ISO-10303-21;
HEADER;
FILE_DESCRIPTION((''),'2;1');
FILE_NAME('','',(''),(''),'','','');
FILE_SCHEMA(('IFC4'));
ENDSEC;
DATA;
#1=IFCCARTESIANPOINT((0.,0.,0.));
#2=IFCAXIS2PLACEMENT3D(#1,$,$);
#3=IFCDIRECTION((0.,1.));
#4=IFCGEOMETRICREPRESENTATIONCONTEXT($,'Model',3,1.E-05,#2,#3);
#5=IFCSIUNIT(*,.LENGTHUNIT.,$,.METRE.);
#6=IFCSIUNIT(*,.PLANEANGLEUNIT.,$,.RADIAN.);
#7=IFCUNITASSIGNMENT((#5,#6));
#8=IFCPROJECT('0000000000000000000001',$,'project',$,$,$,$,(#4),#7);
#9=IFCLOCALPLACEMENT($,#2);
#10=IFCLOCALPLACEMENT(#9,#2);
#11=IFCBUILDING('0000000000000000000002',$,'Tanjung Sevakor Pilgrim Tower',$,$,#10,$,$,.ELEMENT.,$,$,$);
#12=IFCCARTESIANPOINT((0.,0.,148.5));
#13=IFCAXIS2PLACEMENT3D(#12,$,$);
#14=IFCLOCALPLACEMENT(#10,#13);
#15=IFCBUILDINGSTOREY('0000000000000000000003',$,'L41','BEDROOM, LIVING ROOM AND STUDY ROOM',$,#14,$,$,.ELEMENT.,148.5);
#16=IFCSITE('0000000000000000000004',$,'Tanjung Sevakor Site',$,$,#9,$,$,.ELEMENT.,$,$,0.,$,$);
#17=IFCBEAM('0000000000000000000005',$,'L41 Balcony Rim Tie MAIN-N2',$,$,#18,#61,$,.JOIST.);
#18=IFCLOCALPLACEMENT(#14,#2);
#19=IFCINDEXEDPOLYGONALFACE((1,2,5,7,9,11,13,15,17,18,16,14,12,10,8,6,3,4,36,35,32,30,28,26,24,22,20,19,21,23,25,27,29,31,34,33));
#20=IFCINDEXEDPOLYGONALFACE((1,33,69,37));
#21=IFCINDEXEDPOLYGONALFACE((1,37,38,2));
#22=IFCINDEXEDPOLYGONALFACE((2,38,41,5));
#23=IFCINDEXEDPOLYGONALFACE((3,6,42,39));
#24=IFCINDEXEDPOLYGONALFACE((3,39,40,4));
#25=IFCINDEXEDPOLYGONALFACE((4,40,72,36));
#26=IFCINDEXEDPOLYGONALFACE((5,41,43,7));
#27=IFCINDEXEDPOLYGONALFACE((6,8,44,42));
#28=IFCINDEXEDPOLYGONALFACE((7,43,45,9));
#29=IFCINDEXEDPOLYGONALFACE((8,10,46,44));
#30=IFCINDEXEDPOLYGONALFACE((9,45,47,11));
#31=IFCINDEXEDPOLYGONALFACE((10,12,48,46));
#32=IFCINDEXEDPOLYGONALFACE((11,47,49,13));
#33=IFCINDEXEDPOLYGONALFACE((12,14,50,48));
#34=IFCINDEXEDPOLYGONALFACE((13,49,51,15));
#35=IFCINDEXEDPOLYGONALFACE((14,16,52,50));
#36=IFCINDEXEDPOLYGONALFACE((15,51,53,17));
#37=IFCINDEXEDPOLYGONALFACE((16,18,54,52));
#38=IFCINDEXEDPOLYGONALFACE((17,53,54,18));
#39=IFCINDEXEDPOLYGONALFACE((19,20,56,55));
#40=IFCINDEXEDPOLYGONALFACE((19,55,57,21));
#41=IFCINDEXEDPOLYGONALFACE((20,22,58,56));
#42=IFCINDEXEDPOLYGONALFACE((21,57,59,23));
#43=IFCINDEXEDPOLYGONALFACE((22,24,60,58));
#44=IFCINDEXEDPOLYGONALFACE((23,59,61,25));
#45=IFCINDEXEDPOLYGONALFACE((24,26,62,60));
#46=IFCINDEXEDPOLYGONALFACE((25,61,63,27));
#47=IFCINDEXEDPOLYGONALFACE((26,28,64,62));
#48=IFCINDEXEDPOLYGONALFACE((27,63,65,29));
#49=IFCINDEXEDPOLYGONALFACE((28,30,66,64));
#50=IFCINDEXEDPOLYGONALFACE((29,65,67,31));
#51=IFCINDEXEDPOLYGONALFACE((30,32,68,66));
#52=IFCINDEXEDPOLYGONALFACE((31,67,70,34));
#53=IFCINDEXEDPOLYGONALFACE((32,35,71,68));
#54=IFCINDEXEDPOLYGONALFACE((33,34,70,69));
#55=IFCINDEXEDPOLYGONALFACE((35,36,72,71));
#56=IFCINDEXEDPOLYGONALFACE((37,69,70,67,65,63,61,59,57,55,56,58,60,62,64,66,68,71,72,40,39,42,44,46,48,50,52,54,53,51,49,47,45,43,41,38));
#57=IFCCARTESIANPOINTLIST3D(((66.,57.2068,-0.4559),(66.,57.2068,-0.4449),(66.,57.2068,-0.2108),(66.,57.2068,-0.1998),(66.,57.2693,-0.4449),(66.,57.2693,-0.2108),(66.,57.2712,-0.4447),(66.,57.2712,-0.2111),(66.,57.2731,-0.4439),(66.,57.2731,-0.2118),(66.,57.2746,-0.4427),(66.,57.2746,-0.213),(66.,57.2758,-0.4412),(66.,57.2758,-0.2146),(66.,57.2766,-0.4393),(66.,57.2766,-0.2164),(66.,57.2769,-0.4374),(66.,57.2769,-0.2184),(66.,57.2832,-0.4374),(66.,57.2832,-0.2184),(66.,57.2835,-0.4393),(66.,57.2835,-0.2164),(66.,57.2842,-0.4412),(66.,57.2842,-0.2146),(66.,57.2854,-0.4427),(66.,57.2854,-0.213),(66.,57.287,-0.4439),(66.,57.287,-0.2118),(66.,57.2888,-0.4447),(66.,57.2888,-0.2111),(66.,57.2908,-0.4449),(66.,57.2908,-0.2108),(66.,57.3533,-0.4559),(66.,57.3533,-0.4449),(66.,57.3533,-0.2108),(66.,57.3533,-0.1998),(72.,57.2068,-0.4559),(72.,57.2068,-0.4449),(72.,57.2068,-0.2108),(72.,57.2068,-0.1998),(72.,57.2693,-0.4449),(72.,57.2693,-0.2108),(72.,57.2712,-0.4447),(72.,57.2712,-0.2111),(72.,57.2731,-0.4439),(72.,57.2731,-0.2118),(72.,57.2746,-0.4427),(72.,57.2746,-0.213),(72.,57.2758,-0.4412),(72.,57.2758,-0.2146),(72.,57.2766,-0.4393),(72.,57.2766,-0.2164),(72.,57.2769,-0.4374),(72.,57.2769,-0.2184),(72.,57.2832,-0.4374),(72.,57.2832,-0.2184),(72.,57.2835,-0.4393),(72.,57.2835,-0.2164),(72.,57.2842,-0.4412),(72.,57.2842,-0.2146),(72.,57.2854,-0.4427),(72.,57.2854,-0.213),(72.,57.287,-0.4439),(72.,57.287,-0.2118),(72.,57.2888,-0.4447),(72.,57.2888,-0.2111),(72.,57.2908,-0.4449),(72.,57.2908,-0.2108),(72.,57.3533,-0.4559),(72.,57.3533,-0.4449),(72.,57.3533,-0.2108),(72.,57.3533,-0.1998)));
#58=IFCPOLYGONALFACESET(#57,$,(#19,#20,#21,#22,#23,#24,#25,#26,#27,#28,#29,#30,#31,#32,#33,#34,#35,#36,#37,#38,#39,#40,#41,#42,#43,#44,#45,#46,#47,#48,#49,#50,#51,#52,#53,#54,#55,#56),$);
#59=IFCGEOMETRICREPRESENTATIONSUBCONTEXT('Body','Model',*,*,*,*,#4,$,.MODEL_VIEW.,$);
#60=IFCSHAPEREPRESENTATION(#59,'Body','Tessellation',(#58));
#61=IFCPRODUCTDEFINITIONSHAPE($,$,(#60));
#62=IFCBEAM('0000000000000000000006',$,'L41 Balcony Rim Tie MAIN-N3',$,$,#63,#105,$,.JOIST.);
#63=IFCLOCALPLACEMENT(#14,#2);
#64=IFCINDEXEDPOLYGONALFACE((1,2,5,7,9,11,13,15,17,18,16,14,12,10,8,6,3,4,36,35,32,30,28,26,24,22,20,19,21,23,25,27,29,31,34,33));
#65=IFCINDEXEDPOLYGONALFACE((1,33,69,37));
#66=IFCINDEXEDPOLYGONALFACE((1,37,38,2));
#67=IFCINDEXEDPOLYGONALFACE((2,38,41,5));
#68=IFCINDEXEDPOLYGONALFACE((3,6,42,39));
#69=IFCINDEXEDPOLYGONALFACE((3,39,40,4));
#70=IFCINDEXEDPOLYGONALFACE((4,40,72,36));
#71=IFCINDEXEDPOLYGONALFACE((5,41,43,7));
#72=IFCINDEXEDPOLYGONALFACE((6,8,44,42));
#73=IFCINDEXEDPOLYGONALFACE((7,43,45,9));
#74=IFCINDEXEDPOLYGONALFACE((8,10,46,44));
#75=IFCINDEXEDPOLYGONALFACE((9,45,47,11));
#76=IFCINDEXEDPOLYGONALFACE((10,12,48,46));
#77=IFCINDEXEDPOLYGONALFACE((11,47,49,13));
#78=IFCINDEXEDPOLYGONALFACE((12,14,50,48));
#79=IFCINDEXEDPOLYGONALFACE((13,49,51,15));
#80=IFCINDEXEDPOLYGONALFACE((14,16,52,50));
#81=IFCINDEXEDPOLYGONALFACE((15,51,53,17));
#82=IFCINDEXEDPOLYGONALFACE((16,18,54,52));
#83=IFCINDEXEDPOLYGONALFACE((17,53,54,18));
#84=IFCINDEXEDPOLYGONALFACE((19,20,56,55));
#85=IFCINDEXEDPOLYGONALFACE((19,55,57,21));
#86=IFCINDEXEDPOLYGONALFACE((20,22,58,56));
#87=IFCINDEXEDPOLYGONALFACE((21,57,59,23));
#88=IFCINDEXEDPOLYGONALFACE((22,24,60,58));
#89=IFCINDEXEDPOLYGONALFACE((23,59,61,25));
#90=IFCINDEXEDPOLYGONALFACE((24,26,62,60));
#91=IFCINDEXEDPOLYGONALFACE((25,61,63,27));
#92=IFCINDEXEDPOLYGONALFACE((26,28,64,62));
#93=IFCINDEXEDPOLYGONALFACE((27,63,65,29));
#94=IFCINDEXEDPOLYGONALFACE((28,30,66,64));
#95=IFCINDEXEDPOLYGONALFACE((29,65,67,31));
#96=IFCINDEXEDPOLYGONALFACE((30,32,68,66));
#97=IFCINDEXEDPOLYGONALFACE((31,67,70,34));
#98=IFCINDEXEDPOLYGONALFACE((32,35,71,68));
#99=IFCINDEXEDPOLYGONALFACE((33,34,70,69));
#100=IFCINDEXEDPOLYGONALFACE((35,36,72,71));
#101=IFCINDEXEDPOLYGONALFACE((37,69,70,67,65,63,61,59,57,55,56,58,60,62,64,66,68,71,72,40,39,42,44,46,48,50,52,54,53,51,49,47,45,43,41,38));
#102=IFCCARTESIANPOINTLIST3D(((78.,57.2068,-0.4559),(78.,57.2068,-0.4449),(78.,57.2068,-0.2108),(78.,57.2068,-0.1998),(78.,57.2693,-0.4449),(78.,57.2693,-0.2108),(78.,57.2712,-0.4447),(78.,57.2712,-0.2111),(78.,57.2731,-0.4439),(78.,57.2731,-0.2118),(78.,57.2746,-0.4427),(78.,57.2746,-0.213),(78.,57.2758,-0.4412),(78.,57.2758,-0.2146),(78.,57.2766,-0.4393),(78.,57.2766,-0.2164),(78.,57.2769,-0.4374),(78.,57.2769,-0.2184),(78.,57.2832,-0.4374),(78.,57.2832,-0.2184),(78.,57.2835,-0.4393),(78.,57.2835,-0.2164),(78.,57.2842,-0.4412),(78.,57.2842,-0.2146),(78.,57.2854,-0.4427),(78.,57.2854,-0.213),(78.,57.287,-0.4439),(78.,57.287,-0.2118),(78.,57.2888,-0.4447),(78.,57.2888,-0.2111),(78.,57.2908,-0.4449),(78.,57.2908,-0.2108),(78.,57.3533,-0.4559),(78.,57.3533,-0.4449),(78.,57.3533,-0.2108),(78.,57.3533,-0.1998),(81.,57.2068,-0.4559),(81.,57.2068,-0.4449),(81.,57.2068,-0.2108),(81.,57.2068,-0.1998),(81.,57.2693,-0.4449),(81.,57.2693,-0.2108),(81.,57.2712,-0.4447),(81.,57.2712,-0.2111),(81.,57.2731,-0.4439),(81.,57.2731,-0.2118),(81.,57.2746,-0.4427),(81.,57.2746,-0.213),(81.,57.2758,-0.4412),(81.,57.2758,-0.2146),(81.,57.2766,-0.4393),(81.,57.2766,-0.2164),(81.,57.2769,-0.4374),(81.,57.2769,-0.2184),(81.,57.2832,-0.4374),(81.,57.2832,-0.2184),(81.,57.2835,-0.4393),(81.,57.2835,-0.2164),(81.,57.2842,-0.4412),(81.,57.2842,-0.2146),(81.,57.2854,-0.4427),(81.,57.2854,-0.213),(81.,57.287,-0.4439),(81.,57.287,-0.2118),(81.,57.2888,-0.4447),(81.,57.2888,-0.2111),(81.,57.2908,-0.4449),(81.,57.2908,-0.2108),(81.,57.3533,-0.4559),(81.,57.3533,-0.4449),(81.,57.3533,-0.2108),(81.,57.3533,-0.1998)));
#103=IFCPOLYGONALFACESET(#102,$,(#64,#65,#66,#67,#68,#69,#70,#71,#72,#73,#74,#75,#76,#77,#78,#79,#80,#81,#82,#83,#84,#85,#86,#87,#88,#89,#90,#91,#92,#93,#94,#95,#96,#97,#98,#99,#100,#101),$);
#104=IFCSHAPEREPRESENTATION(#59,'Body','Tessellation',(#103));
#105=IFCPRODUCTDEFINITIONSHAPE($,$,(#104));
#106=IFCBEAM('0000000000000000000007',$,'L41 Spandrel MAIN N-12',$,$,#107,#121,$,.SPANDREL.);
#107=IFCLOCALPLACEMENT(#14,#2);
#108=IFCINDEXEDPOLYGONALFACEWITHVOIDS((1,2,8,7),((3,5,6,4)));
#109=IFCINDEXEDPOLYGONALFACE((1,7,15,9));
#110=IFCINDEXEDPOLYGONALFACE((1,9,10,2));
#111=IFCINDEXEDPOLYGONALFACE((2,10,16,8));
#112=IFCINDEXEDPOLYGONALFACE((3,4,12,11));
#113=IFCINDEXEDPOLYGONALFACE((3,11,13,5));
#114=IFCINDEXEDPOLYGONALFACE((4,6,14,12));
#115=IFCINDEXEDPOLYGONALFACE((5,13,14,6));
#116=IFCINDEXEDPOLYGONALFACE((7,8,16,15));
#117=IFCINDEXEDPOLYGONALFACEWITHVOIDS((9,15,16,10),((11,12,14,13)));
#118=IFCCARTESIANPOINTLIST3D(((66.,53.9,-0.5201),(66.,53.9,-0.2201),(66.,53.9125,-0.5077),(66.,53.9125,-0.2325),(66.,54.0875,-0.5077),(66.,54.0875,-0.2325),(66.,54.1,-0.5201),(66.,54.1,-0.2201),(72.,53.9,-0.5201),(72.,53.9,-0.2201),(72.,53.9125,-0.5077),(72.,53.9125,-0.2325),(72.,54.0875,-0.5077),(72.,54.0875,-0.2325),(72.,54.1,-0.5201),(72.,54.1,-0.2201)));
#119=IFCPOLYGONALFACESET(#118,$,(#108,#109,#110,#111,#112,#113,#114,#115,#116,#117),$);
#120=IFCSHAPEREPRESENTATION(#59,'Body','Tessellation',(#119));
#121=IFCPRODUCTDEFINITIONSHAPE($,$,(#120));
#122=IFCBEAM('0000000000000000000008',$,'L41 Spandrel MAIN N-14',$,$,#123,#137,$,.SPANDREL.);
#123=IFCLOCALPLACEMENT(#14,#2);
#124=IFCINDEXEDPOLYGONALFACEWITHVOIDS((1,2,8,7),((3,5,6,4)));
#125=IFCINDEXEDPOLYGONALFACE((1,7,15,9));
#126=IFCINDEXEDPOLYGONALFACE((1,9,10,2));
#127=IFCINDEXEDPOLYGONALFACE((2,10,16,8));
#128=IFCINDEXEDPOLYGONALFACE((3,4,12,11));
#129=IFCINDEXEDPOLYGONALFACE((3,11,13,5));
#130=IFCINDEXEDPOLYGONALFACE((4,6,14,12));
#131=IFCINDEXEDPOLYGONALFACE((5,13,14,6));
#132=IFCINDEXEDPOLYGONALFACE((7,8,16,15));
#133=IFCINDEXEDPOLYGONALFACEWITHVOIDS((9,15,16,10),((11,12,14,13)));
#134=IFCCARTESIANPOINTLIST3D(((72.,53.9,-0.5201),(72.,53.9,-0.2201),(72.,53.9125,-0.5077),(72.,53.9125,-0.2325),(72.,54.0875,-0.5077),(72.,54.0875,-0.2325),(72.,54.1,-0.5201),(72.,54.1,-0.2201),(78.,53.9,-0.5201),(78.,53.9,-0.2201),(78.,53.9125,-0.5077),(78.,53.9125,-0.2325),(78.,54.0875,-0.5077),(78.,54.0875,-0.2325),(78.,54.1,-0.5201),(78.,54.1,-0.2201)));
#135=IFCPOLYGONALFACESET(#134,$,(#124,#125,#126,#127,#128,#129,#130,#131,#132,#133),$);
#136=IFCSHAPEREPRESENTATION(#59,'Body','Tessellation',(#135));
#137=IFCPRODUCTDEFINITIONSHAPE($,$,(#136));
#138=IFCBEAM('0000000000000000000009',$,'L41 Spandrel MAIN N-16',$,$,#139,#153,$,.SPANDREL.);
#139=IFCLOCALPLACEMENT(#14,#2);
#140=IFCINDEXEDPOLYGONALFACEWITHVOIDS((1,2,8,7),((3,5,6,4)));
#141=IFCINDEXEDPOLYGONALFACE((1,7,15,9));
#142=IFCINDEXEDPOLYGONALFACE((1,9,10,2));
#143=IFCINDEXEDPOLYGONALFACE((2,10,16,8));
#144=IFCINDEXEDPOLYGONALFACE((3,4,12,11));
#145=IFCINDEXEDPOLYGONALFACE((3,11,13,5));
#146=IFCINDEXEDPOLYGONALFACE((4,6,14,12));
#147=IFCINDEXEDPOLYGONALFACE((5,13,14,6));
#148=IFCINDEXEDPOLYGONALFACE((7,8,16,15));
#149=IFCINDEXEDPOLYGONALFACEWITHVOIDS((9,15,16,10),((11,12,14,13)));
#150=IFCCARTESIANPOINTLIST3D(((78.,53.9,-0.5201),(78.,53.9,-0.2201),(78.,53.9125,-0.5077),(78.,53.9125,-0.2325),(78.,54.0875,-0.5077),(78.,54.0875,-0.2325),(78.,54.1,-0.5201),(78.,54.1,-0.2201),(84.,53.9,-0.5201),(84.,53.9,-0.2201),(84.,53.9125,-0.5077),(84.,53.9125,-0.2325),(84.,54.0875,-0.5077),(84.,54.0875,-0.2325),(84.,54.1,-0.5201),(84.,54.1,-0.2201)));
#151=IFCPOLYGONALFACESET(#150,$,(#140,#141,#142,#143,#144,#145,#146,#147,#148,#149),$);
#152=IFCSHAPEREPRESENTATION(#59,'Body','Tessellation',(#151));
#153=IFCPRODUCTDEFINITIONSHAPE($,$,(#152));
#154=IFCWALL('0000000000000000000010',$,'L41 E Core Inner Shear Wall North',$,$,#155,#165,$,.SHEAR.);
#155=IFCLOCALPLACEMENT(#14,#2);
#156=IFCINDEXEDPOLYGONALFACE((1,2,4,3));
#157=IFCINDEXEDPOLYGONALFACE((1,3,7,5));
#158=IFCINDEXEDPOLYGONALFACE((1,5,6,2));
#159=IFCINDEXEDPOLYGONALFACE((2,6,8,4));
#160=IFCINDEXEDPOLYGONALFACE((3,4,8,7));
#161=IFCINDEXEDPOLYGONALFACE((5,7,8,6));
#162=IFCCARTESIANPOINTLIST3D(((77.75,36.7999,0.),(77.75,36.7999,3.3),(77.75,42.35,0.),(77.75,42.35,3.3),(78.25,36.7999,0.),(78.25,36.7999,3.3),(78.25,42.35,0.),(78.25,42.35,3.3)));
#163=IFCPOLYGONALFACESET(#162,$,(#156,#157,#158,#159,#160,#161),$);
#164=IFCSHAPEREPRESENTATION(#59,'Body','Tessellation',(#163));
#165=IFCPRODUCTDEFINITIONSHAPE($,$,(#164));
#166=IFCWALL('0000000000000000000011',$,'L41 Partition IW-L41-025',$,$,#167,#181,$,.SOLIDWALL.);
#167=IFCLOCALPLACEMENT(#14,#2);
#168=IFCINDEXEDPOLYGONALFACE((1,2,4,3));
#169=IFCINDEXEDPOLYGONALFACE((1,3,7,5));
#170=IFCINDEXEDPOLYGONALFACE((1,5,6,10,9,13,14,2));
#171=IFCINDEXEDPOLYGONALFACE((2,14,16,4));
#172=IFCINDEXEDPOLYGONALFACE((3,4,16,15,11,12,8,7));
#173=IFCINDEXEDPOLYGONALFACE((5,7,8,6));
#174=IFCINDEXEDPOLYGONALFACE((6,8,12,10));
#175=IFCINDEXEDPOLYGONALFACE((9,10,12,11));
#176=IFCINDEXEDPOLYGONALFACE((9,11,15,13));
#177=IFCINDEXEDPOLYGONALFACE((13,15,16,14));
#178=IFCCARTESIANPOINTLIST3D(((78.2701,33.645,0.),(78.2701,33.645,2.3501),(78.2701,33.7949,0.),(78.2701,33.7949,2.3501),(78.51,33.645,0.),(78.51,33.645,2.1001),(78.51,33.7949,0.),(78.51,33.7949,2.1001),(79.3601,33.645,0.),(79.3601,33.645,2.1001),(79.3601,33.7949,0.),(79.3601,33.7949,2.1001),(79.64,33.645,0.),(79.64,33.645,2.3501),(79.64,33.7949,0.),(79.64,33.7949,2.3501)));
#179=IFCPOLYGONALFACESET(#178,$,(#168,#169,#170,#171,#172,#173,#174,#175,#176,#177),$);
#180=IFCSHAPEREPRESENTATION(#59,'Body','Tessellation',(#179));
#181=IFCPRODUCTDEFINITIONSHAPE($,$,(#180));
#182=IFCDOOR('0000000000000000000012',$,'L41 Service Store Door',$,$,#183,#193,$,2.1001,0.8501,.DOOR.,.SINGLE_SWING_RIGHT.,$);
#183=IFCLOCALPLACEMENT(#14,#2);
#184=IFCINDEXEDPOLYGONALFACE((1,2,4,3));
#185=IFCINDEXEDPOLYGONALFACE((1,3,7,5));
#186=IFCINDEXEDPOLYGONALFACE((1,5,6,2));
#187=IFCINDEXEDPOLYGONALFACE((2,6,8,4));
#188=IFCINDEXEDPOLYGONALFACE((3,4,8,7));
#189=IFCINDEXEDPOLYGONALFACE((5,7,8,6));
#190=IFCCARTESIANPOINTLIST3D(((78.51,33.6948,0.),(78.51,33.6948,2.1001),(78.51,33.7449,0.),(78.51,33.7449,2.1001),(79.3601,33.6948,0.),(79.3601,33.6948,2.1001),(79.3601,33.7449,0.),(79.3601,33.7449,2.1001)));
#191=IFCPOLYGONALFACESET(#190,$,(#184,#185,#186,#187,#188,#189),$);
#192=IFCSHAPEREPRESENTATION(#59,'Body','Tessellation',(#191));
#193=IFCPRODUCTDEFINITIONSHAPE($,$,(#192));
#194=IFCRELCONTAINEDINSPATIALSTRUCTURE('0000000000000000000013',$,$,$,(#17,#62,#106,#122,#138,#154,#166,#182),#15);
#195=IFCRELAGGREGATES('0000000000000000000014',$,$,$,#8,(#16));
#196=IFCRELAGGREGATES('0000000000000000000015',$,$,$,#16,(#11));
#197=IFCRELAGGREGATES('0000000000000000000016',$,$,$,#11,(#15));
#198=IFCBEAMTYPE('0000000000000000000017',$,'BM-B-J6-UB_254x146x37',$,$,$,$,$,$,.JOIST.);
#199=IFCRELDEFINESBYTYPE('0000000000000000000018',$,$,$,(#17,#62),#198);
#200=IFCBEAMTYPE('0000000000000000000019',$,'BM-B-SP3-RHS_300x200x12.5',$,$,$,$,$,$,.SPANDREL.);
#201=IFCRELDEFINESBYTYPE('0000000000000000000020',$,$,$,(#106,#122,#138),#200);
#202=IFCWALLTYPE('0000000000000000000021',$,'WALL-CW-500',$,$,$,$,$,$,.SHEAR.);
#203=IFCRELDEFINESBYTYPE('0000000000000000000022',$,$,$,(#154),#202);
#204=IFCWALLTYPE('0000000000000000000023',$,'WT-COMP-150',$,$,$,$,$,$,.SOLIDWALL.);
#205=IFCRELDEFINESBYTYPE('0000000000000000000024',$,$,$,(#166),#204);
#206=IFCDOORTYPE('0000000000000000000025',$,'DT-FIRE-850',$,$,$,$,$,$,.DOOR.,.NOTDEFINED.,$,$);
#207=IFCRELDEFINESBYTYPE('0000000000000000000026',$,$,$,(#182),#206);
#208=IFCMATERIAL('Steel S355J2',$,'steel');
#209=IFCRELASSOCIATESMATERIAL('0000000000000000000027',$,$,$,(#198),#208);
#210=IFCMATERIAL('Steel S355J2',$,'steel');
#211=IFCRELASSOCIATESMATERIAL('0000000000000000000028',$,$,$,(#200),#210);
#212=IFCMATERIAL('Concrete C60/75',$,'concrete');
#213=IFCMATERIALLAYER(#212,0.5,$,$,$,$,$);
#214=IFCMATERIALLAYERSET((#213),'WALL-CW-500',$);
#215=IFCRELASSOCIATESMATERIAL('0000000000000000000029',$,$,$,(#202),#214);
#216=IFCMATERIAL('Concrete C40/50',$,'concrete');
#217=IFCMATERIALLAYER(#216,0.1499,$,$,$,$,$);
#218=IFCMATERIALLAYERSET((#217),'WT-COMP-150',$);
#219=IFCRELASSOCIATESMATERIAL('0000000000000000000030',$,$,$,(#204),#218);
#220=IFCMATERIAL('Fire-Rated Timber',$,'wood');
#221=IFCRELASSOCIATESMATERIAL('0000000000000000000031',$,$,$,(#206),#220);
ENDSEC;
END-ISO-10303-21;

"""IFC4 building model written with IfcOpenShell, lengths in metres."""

from ifc_helpers import new_model, si_unit, direction, frame, frame_2d, origin, origin_2d, place, context, subcontext, project, spatial, rectangle, hollow_rectangle, i_section, extrude, material, layer, layer_set, material_profile, profile_set, type_object, element, fill, save


model = new_model("IFC4")

# Units and contexts
model_context = context("Model", 3, precision=1e-05, world=origin(), true_north=direction((0.0, 1.0)))
body_context = subcontext(model_context, "Body", "Model", "MODEL_VIEW")
ifc_project = project(units=[si_unit("LENGTHUNIT", "METRE"), si_unit("PLANEANGLEUNIT", "RADIAN")], contexts=[model_context])

# Site, building, storey
site_placement = place(None, origin())
site = spatial("IfcSite", under=ifc_project, at=site_placement, Name="Tanjung Sevakor Site", CompositionType="ELEMENT", RefElevation=0.0)
building_placement = place(site_placement, origin())
building = spatial("IfcBuilding", under=site, at=building_placement, Name="Tanjung Sevakor Pilgrim Tower", CompositionType="ELEMENT")
storey_placement = place(building_placement, frame((0.0, 0.0, 148.5)))
storey = spatial("IfcBuildingStorey", under=building, at=storey_placement, Name="L41", Description="BEDROOM, LIVING ROOM AND STUDY ROOM", CompositionType="ELEMENT", Elevation=148.5)

# Beams
ifc_material_1 = material(Name="Steel S355J2", Category="steel")
ifc_material_profile_1 = material_profile(ifc_material_1, i_section(OverallWidth=0.1465, OverallDepth=0.2561, WebThickness=0.0063, FlangeThickness=0.011, FilletRadius=0.0076, at=origin_2d()))
ifc_profile_set_1 = profile_set([ifc_material_profile_1], Name="Steel S355J2")
beam_type_1 = type_object("IfcBeamType", Name="BM-B-J6-UB_254x146x37", PredefinedType="JOIST", material=ifc_profile_set_1)
beam_1_placement = place(storey_placement, frame((66.0, 57.28, -0.3279), z_axis=(1.0, 0.0, 0.0), x_axis=(0.0, 1.0, 0.0)))
element("IfcBeam", 1, at=beam_1_placement, inside=storey, type_object=beam_type_1, Name="L41 Balcony Rim Tie MAIN-N2", PredefinedType="JOIST", context=body_context, shape_type="SweptSolid", body=[
    extrude(i_section(OverallWidth=0.1465, OverallDepth=0.2561, WebThickness=0.0063, FlangeThickness=0.011, FilletRadius=0.0076, at=origin_2d()), origin(), (0.0, 0.0, 1.0), 6.0),
])
beam_2_placement = place(storey_placement, frame((78.0, 57.28, -0.3279), z_axis=(1.0, 0.0, 0.0), x_axis=(0.0, 1.0, 0.0)))
element("IfcBeam", 2, at=beam_2_placement, inside=storey, type_object=beam_type_1, Name="L41 Balcony Rim Tie MAIN-N3", PredefinedType="JOIST", context=body_context, shape_type="SweptSolid", body=[
    extrude(i_section(OverallWidth=0.1465, OverallDepth=0.2561, WebThickness=0.0063, FlangeThickness=0.011, FilletRadius=0.0076, at=origin_2d()), origin(), (0.0, 0.0, 1.0), 3.0),
])
ifc_material_2 = material(Name="Steel S355J2", Category="steel")
ifc_material_profile_2 = material_profile(ifc_material_2, hollow_rectangle(XDim=0.2, YDim=0.3, WallThickness=0.0125, at=origin_2d()))
ifc_profile_set_2 = profile_set([ifc_material_profile_2], Name="Steel S355J2")
beam_type_2 = type_object("IfcBeamType", Name="BM-B-SP3-RHS_300x200x12.5", PredefinedType="SPANDREL", material=ifc_profile_set_2)
for number, where, z_axis, x_axis, name in (
    (3, (66.0, 54.0, -0.3701), (1.0, 0.0, 0.0), (0.0, 1.0, 0.0), "L41 Spandrel MAIN N-12"),
    (4, (72.0, 54.0, -0.3701), (1.0, 0.0, 0.0), (0.0, 1.0, 0.0), "L41 Spandrel MAIN N-14"),
    (5, (78.0, 54.0, -0.3701), (1.0, 0.0, 0.0), (0.0, 1.0, 0.0), "L41 Spandrel MAIN N-16"),
):
    element("IfcBeam", number, at=place(storey_placement, frame(where, z_axis=z_axis, x_axis=x_axis)), inside=storey, type_object=beam_type_2, Name=name, PredefinedType="SPANDREL", context=body_context, shape_type="SweptSolid", body=[
        extrude(hollow_rectangle(XDim=0.2, YDim=0.3, WallThickness=0.0125, at=origin_2d()), origin(), (0.0, 0.0, 1.0), 6.0),
    ])

# Wall
ifc_material_3 = material(Name="Concrete C60/75", Category="concrete")
ifc_layer_1 = layer(ifc_material_3, 0.5)
ifc_layer_set_1 = layer_set([ifc_layer_1], Name="WALL-CW-500")
wall_type_1 = type_object("IfcWallType", Name="WALL-CW-500", PredefinedType="SHEAR", material=ifc_layer_set_1)
wall_1_placement = place(storey_placement, frame((78.0, 36.8, 0.0), z_axis=(0.0, 0.0, 1.0), x_axis=(0.0, 1.0, 0.0)))
element("IfcWall", 6, at=wall_1_placement, inside=storey, type_object=wall_type_1, Name="L41 E Core Inner Shear Wall North", PredefinedType="SHEAR", context=body_context, shape_type="SweptSolid", body=[
    extrude(rectangle(XDim=5.55, YDim=0.5, at=frame_2d((2.7749, 0.0))), origin(), (0.0, 0.0, 1.0), 3.3),
])

# Wall, opening, door
ifc_material_4 = material(Name="Concrete C40/50", Category="concrete")
ifc_layer_2 = layer(ifc_material_4, 0.1499)
ifc_layer_set_2 = layer_set([ifc_layer_2], Name="WT-COMP-150")
wall_type_2 = type_object("IfcWallType", Name="WT-COMP-150", PredefinedType="SOLIDWALL", material=ifc_layer_set_2)
wall_2_placement = place(storey_placement, frame((78.27, 33.72, 0.0), z_axis=(0.0, 0.0, 1.0), x_axis=(1.0, 0.0, 0.0)))
wall_2 = element("IfcWall", 7, at=wall_2_placement, inside=storey, type_object=wall_type_2, Name="L41 Partition IW-L41-025", PredefinedType="SOLIDWALL", context=body_context, shape_type="SweptSolid", body=[
    extrude(rectangle(XDim=1.3699, YDim=0.1499, at=frame_2d((0.6851, 0.0))), origin(), (0.0, 0.0, 1.0), 2.3501),
])
opening_1_placement = place(wall_2_placement, frame((0.24, 0.0, 0.0)))
opening_1 = element("IfcOpeningElement", 8, at=opening_1_placement, cuts=wall_2, PredefinedType="OPENING", context=body_context, shape_type="SweptSolid", body=[
    extrude(rectangle(XDim=0.8501, YDim=2.1001, at=frame_2d((0.425, 1.05))), frame((0.0, 0.085, 0.0), z_axis=(0.0, -1.0, 0.0), x_axis=(1.0, 0.0, 0.0)), (0.0, 0.0, 1.0), 0.1699),
])
ifc_material_5 = material(Name="Fire-Rated Timber", Category="wood")
door_type_1 = type_object("IfcDoorType", Name="DT-FIRE-850", OperationType="NOTDEFINED", PredefinedType="DOOR", material=ifc_material_5)
door_1_placement = place(opening_1_placement, origin())
door_1 = element("IfcDoor", 9, at=door_1_placement, inside=storey, type_object=door_type_1, Name="L41 Service Store Door", OperationType="SINGLE_SWING_RIGHT", OverallHeight=2.1001, OverallWidth=0.8501, PredefinedType="DOOR", context=body_context, shape_type="SweptSolid", body=[
    extrude(rectangle(XDim=0.8501, YDim=2.1001, at=frame_2d((0.425, 1.05))), frame((0.0, 0.0249, 0.0), z_axis=(0.0, -1.0, 0.0), x_axis=(1.0, 0.0, 0.0)), (0.0, 0.0, 1.0), 0.05),
])
fill(opening_1, door_1)

save(model, "model.ifc")
